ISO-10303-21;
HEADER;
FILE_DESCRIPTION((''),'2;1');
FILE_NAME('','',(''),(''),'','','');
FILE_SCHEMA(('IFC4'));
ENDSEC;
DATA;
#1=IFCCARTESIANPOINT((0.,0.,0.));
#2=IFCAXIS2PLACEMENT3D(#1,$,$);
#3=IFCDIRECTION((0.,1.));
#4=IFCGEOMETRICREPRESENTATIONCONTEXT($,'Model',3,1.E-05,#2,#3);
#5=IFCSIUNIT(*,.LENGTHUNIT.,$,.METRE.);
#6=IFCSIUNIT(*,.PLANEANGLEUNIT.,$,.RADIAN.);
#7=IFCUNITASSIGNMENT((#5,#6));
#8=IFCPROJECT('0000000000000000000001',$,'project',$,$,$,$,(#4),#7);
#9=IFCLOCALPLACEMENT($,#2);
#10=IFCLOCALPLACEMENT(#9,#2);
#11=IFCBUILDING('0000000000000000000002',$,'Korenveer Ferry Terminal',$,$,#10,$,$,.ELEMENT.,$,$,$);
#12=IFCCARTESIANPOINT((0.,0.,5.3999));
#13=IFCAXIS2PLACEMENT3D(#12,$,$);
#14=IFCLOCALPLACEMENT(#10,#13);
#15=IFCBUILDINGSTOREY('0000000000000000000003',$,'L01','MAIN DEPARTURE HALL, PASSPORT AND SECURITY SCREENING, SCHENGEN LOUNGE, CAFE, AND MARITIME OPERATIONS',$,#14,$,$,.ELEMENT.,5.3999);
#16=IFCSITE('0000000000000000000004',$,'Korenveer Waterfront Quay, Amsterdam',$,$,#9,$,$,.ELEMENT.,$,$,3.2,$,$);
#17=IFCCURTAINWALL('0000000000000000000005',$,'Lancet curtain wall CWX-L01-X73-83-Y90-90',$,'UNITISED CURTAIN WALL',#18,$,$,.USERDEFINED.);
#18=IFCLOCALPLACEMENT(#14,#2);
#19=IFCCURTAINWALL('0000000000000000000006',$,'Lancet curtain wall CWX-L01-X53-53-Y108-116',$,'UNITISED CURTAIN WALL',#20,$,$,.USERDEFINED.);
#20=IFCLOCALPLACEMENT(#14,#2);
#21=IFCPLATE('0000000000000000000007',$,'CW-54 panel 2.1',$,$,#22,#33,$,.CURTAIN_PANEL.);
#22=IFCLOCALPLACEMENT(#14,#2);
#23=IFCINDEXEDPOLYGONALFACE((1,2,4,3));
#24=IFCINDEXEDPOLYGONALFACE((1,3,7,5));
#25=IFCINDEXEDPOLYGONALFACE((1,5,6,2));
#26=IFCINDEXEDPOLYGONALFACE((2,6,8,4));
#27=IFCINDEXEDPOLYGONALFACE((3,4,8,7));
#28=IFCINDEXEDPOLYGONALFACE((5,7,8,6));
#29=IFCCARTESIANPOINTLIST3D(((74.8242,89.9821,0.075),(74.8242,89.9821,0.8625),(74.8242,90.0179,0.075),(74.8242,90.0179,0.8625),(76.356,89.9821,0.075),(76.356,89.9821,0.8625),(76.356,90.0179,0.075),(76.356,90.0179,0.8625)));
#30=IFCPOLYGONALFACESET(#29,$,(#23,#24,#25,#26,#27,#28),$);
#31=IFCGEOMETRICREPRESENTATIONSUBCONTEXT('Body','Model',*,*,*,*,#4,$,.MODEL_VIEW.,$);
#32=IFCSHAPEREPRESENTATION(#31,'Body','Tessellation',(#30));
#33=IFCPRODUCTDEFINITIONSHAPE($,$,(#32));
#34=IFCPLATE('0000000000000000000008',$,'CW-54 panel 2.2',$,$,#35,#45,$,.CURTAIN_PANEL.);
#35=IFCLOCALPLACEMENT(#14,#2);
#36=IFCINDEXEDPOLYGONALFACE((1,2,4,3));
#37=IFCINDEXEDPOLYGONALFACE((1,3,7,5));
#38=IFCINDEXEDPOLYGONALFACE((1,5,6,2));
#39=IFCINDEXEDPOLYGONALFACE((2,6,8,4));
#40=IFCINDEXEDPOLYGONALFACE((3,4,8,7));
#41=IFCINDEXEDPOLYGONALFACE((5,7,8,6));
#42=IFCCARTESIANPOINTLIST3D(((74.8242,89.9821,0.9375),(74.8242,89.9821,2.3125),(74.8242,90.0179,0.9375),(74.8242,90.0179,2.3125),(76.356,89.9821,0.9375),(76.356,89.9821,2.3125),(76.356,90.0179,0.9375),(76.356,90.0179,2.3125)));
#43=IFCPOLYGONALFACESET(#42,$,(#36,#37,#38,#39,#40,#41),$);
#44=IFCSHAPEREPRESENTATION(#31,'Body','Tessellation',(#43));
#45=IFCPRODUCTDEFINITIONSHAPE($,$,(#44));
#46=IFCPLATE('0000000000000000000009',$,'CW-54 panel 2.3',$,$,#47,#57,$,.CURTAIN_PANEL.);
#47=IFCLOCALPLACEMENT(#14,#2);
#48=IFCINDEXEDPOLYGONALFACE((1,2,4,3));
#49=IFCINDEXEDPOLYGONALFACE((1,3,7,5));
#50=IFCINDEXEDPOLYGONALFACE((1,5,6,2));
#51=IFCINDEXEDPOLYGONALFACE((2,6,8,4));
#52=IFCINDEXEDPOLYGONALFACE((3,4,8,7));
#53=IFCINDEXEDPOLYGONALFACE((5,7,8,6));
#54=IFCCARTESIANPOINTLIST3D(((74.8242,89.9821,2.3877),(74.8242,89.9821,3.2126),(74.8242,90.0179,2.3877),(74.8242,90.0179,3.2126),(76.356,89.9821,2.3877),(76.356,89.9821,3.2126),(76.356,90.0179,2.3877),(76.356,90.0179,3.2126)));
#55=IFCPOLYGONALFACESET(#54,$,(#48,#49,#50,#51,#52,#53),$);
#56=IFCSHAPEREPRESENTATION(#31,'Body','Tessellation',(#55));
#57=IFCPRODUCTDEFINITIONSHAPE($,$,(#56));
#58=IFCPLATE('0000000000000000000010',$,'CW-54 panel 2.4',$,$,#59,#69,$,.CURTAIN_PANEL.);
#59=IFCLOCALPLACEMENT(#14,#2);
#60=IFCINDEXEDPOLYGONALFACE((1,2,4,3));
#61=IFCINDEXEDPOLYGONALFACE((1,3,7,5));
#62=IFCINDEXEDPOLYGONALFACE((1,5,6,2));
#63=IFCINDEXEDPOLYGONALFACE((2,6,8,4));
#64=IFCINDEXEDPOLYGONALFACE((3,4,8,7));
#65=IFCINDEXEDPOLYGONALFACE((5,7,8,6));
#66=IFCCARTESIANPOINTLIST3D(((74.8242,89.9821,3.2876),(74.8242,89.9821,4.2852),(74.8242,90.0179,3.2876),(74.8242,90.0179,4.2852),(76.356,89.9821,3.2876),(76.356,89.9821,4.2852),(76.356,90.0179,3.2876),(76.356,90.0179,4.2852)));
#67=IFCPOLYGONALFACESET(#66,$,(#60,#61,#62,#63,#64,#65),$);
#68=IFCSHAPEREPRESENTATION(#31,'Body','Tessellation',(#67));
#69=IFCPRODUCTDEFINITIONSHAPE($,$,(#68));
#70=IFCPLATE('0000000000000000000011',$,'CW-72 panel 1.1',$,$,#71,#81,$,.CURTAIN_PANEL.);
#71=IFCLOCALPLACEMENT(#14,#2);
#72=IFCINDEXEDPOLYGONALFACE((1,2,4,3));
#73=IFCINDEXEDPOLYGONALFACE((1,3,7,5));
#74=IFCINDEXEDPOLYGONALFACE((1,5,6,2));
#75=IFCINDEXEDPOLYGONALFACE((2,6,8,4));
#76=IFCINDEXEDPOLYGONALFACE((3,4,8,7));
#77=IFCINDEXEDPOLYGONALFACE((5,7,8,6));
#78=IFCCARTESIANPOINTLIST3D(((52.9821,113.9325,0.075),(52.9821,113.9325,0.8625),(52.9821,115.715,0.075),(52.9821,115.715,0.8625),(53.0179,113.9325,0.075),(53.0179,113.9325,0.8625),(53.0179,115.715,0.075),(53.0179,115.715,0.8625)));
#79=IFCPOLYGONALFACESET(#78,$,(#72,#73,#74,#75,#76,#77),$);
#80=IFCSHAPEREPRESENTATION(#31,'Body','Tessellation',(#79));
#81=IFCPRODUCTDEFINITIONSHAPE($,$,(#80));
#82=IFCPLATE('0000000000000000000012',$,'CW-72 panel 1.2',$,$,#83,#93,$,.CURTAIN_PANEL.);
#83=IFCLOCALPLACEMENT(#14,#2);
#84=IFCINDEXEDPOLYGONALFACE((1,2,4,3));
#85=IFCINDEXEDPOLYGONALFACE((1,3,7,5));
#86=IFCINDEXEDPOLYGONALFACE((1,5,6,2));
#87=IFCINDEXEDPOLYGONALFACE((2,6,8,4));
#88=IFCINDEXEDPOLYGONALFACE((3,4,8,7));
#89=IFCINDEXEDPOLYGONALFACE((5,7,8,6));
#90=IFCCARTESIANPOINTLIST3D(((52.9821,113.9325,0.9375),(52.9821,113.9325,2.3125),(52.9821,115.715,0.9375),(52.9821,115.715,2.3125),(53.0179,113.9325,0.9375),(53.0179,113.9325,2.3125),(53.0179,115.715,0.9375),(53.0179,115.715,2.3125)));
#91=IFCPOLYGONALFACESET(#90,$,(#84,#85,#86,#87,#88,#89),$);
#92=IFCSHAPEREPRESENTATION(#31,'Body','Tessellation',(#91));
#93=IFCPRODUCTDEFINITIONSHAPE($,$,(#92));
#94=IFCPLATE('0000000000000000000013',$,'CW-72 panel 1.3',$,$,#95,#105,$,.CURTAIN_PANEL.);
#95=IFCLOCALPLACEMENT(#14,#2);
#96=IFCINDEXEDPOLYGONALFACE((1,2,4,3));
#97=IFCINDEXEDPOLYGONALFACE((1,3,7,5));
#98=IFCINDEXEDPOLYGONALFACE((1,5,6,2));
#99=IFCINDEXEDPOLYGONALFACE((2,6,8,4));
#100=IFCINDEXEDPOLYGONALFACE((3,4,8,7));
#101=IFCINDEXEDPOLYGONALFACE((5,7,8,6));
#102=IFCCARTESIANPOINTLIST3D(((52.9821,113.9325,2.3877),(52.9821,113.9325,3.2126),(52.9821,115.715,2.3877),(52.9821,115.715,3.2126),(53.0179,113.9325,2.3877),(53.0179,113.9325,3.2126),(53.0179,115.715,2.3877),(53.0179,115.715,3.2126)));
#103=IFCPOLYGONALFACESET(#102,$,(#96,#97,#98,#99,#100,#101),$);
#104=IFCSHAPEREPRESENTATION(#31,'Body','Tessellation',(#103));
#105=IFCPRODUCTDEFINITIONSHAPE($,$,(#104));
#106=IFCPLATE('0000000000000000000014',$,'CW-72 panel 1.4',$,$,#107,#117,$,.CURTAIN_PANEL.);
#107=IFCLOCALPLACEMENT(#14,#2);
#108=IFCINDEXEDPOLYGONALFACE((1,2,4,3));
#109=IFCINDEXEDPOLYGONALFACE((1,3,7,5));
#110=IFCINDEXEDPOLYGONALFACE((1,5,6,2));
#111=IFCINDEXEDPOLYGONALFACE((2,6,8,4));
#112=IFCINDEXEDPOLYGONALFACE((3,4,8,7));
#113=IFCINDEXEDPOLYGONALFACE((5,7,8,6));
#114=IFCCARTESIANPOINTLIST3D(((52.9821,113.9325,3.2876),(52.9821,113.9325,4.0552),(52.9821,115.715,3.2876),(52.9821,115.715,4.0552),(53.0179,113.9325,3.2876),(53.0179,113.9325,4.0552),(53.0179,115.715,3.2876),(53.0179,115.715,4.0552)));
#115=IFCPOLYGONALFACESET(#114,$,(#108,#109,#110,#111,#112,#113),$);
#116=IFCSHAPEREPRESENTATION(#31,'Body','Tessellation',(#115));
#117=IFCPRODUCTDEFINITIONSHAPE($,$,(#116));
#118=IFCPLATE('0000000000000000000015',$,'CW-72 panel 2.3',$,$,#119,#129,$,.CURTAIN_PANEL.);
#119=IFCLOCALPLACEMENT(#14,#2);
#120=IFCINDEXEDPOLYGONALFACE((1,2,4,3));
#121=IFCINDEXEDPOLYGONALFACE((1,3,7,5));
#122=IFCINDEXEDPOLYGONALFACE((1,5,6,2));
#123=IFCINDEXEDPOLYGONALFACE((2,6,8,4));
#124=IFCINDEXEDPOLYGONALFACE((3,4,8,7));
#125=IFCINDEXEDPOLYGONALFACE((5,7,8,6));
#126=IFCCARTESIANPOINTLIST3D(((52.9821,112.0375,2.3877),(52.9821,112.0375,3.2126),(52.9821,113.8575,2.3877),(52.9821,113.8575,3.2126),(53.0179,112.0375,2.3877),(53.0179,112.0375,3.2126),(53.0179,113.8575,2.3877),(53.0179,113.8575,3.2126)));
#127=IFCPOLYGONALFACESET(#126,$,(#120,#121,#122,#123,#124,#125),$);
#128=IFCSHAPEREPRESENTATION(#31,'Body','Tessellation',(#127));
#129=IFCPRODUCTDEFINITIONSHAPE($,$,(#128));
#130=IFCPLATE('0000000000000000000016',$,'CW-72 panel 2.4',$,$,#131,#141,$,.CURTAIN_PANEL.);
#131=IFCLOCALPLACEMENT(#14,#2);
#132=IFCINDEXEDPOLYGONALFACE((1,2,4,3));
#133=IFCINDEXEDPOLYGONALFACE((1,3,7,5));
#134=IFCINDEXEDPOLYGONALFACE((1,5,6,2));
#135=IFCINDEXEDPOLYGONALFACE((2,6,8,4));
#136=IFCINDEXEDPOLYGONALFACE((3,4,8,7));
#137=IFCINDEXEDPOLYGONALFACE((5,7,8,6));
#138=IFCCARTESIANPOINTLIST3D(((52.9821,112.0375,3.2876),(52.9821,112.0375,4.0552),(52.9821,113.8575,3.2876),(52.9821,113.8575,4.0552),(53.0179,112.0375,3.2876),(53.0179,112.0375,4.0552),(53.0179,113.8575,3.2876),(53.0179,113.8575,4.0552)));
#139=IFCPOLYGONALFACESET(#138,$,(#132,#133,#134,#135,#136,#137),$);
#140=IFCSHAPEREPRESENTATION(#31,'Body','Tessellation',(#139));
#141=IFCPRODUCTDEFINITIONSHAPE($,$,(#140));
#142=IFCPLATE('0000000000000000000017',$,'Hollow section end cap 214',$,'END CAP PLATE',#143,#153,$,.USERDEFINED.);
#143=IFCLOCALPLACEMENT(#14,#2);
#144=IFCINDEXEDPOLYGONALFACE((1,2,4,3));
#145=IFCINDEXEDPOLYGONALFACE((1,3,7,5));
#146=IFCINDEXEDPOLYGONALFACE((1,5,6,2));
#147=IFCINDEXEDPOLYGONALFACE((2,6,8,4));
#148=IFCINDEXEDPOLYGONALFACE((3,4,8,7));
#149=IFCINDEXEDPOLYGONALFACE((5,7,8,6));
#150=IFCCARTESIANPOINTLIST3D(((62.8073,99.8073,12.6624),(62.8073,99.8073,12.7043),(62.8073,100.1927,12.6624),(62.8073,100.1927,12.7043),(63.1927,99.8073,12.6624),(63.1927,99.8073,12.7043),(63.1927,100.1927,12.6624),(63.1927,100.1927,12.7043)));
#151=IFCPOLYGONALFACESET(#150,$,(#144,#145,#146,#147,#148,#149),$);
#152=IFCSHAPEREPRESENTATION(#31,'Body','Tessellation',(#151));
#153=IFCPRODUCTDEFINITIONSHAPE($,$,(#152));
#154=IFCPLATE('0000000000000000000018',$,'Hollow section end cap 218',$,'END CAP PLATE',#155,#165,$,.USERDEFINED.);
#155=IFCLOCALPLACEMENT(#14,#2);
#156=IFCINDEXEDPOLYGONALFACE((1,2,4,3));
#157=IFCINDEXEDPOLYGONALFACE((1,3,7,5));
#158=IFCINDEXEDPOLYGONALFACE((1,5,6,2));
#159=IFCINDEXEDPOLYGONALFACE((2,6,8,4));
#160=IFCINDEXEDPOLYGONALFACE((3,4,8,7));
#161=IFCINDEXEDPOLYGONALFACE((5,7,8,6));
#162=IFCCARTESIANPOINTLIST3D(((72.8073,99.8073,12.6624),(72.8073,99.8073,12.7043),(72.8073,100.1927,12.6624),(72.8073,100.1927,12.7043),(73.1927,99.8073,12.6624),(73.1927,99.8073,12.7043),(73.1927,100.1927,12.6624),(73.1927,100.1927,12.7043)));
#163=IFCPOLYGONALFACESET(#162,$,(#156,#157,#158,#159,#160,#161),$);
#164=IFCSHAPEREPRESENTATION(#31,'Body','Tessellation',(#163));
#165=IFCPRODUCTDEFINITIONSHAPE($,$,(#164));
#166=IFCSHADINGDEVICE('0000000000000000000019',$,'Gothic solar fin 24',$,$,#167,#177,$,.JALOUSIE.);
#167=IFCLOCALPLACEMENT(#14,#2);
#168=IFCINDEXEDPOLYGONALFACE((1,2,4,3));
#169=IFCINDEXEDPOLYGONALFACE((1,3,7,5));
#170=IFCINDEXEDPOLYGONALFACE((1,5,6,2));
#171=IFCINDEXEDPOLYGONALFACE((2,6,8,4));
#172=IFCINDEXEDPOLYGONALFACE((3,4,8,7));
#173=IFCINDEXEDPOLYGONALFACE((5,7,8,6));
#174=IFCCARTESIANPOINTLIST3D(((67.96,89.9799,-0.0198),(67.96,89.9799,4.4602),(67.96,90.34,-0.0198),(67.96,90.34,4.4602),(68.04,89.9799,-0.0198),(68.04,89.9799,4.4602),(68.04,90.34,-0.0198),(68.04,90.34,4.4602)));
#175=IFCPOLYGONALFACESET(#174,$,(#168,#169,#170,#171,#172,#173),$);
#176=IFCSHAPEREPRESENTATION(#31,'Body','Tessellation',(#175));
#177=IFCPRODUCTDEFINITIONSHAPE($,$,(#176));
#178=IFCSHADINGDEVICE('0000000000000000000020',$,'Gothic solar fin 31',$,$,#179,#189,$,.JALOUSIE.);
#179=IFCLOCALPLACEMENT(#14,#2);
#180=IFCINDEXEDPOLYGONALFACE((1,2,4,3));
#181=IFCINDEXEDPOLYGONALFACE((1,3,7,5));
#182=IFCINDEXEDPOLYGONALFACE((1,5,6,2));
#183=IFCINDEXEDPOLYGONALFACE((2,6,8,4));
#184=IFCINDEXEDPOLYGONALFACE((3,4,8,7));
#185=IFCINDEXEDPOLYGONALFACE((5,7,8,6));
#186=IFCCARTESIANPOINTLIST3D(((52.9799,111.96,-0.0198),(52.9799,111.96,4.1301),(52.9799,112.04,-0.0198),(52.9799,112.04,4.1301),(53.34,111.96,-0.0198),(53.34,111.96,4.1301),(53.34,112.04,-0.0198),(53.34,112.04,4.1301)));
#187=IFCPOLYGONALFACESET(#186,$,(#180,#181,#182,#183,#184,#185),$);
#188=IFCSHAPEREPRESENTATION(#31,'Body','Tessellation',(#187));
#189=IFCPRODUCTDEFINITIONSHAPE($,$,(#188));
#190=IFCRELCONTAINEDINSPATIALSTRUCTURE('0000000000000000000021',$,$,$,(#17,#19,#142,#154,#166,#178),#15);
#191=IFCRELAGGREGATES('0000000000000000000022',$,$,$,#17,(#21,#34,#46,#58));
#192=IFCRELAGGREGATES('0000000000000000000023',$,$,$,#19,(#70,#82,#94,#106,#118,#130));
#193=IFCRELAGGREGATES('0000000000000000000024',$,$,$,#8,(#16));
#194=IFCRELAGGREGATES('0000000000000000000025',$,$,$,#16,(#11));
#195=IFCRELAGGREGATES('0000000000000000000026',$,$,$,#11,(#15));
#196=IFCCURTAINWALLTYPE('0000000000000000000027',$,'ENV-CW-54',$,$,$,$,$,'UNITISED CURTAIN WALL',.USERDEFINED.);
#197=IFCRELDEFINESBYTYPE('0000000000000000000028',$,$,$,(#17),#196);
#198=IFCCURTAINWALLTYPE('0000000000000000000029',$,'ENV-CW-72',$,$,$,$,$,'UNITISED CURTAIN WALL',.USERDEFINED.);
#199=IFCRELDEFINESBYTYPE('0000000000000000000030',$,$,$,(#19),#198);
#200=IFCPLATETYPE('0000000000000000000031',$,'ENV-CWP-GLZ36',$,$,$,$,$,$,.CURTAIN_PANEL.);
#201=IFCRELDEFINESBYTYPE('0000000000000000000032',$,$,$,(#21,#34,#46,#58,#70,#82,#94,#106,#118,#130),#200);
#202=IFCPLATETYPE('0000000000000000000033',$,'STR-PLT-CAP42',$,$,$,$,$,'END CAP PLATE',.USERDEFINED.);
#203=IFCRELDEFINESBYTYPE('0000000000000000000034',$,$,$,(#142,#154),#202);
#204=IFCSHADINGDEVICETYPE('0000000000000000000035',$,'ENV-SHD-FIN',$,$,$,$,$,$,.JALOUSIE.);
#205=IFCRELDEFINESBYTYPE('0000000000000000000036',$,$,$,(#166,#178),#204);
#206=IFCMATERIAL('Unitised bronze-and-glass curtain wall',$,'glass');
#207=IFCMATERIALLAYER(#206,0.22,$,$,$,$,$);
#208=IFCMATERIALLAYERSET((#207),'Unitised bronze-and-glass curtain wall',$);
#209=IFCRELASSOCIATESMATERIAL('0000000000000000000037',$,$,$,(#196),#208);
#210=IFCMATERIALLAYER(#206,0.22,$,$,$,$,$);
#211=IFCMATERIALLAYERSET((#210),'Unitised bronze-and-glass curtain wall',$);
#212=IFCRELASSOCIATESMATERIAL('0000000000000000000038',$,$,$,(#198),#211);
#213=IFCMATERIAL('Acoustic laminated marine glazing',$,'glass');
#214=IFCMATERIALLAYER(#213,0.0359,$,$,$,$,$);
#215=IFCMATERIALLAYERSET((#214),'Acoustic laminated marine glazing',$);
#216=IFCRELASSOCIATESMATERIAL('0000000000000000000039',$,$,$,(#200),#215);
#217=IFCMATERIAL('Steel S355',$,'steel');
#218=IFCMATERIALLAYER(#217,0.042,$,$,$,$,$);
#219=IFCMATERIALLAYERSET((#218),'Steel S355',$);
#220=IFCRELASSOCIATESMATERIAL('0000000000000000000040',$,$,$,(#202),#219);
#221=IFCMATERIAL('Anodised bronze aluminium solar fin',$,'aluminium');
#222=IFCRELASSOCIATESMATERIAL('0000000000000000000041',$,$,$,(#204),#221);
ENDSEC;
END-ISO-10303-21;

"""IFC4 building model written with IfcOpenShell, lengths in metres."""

from ifc_helpers import new_model, si_unit, direction, frame, origin, origin_2d, place, context, subcontext, project, spatial, rectangle, extrude, material, layer, layer_set, type_object, element, aggregate, save


model = new_model("IFC4")

# Units and contexts
model_context = context("Model", 3, precision=1e-05, world=origin(), true_north=direction((0.0, 1.0)))
body_context = subcontext(model_context, "Body", "Model", "MODEL_VIEW")
ifc_project = project(units=[si_unit("LENGTHUNIT", "METRE"), si_unit("PLANEANGLEUNIT", "RADIAN")], contexts=[model_context])

# Site, building, storey
site_placement = place(None, origin())
site = spatial("IfcSite", under=ifc_project, at=site_placement, Name="Korenveer Waterfront Quay, Amsterdam", CompositionType="ELEMENT", RefElevation=3.2)
building_placement = place(site_placement, origin())
building = spatial("IfcBuilding", under=site, at=building_placement, Name="Korenveer Ferry Terminal", CompositionType="ELEMENT")
storey_placement = place(building_placement, frame((0.0, 0.0, 5.3999)))
storey = spatial("IfcBuildingStorey", under=building, at=storey_placement, Name="L01", Description="MAIN DEPARTURE HALL, PASSPORT AND SECURITY SCREENING, SCHENGEN LOUNGE, CAFE, AND MARITIME OPERATIONS", CompositionType="ELEMENT", Elevation=5.3999)

# Shared definitions
ifc_material_1 = material(Name="Steel S355", Category="steel")

# Curtain wall
ifc_material_2 = material(Name="Unitised bronze-and-glass curtain wall", Category="glass")
ifc_layer_1 = layer(ifc_material_2, 0.22)
ifc_layer_set_1 = layer_set([ifc_layer_1], Name="Unitised bronze-and-glass curtain wall")
curtain_wall_type_1 = type_object("IfcCurtainWallType", Name="ENV-CW-54", ElementType="UNITISED CURTAIN WALL", PredefinedType="USERDEFINED", material=ifc_layer_set_1)
curtain_wall_1_placement = place(storey_placement, frame((73.1799, 90.0, 0.0)))
curtain_wall_1 = element("IfcCurtainWall", 1, at=curtain_wall_1_placement, inside=storey, type_object=curtain_wall_type_1, Name="Lancet curtain wall CWX-L01-X73-83-Y90-90", ObjectType="UNITISED CURTAIN WALL", PredefinedType="USERDEFINED")

# Curtain wall
ifc_layer_2 = layer(ifc_material_2, 0.22)
ifc_layer_set_2 = layer_set([ifc_layer_2], Name="Unitised bronze-and-glass curtain wall")
curtain_wall_type_2 = type_object("IfcCurtainWallType", Name="ENV-CW-72", ElementType="UNITISED CURTAIN WALL", PredefinedType="USERDEFINED", material=ifc_layer_set_2)
curtain_wall_2_placement = place(storey_placement, frame((53.0, 115.79, 0.0)))
curtain_wall_2 = element("IfcCurtainWall", 2, at=curtain_wall_2_placement, inside=storey, type_object=curtain_wall_type_2, Name="Lancet curtain wall CWX-L01-X53-53-Y108-116", ObjectType="UNITISED CURTAIN WALL", PredefinedType="USERDEFINED")

# Plates
ifc_material_3 = material(Name="Acoustic laminated marine glazing", Category="glass")
ifc_layer_3 = layer(ifc_material_3, 0.0359)
ifc_layer_set_3 = layer_set([ifc_layer_3], Name="Acoustic laminated marine glazing")
plate_type_1 = type_object("IfcPlateType", Name="ENV-CWP-GLZ36", PredefinedType="CURTAIN_PANEL", material=ifc_layer_set_3)
plate_1_placement = place(storey_placement, frame((75.5901, 90.0, 0.075), z_axis=(0.0, 0.0, 1.0), x_axis=(1.0, 0.0, 0.0)))
plate_1 = element("IfcPlate", 3, at=plate_1_placement, type_object=plate_type_1, Name="CW-54 panel 2.1", PredefinedType="CURTAIN_PANEL", context=body_context, shape_type="SweptSolid", body=[
    extrude(rectangle(XDim=1.5317, YDim=0.0359, at=origin_2d()), origin(), (0.0, 0.0, 1.0), 0.7876),
])
plate_2_placement = place(storey_placement, frame((75.5901, 90.0, 0.9375), z_axis=(0.0, 0.0, 1.0), x_axis=(1.0, 0.0, 0.0)))
plate_2 = element("IfcPlate", 4, at=plate_2_placement, type_object=plate_type_1, Name="CW-54 panel 2.2", PredefinedType="CURTAIN_PANEL", context=body_context, shape_type="SweptSolid", body=[
    extrude(rectangle(XDim=1.5317, YDim=0.0359, at=origin_2d()), origin(), (0.0, 0.0, 1.0), 1.375),
])
plate_3_placement = place(storey_placement, frame((75.5901, 90.0, 2.3877), z_axis=(0.0, 0.0, 1.0), x_axis=(1.0, 0.0, 0.0)))
plate_3 = element("IfcPlate", 5, at=plate_3_placement, type_object=plate_type_1, Name="CW-54 panel 2.3", PredefinedType="CURTAIN_PANEL", context=body_context, shape_type="SweptSolid", body=[
    extrude(rectangle(XDim=1.5317, YDim=0.0359, at=origin_2d()), origin(), (0.0, 0.0, 1.0), 0.825),
])
plate_4_placement = place(storey_placement, frame((75.5901, 90.0, 3.2876), z_axis=(0.0, 0.0, 1.0), x_axis=(1.0, 0.0, 0.0)))
plate_4 = element("IfcPlate", 6, at=plate_4_placement, type_object=plate_type_1, Name="CW-54 panel 2.4", PredefinedType="CURTAIN_PANEL", context=body_context, shape_type="SweptSolid", body=[
    extrude(rectangle(XDim=1.5317, YDim=0.0359, at=origin_2d()), origin(), (0.0, 0.0, 1.0), 0.9976),
])
aggregate(curtain_wall_1, [plate_1, plate_2, plate_3, plate_4])
plate_5_placement = place(storey_placement, frame((53.0, 114.8237, 0.075), z_axis=(0.0, 0.0, 1.0), x_axis=(0.0, -1.0, 0.0)))
plate_5 = element("IfcPlate", 7, at=plate_5_placement, type_object=plate_type_1, Name="CW-72 panel 1.1", PredefinedType="CURTAIN_PANEL", context=body_context, shape_type="SweptSolid", body=[
    extrude(rectangle(XDim=1.7825, YDim=0.0359, at=origin_2d()), origin(), (0.0, 0.0, 1.0), 0.7876),
])
plate_6_placement = place(storey_placement, frame((53.0, 114.8237, 0.9375), z_axis=(0.0, 0.0, 1.0), x_axis=(0.0, -1.0, 0.0)))
plate_6 = element("IfcPlate", 8, at=plate_6_placement, type_object=plate_type_1, Name="CW-72 panel 1.2", PredefinedType="CURTAIN_PANEL", context=body_context, shape_type="SweptSolid", body=[
    extrude(rectangle(XDim=1.7825, YDim=0.0359, at=origin_2d()), origin(), (0.0, 0.0, 1.0), 1.375),
])
plate_7_placement = place(storey_placement, frame((53.0, 114.8237, 2.3877), z_axis=(0.0, 0.0, 1.0), x_axis=(0.0, -1.0, 0.0)))
plate_7 = element("IfcPlate", 9, at=plate_7_placement, type_object=plate_type_1, Name="CW-72 panel 1.3", PredefinedType="CURTAIN_PANEL", context=body_context, shape_type="SweptSolid", body=[
    extrude(rectangle(XDim=1.7825, YDim=0.0359, at=origin_2d()), origin(), (0.0, 0.0, 1.0), 0.825),
])
plate_8_placement = place(storey_placement, frame((53.0, 114.8237, 3.2876), z_axis=(0.0, 0.0, 1.0), x_axis=(0.0, -1.0, 0.0)))
plate_8 = element("IfcPlate", 10, at=plate_8_placement, type_object=plate_type_1, Name="CW-72 panel 1.4", PredefinedType="CURTAIN_PANEL", context=body_context, shape_type="SweptSolid", body=[
    extrude(rectangle(XDim=1.7825, YDim=0.0359, at=origin_2d()), origin(), (0.0, 0.0, 1.0), 0.7676),
])
plate_9_placement = place(storey_placement, frame((53.0, 112.9475, 2.3877), z_axis=(0.0, 0.0, 1.0), x_axis=(0.0, -1.0, 0.0)))
plate_9 = element("IfcPlate", 11, at=plate_9_placement, type_object=plate_type_1, Name="CW-72 panel 2.3", PredefinedType="CURTAIN_PANEL", context=body_context, shape_type="SweptSolid", body=[
    extrude(rectangle(XDim=1.8201, YDim=0.0359, at=origin_2d()), origin(), (0.0, 0.0, 1.0), 0.825),
])
plate_10_placement = place(storey_placement, frame((53.0, 112.9475, 3.2876), z_axis=(0.0, 0.0, 1.0), x_axis=(0.0, -1.0, 0.0)))
plate_10 = element("IfcPlate", 12, at=plate_10_placement, type_object=plate_type_1, Name="CW-72 panel 2.4", PredefinedType="CURTAIN_PANEL", context=body_context, shape_type="SweptSolid", body=[
    extrude(rectangle(XDim=1.8201, YDim=0.0359, at=origin_2d()), origin(), (0.0, 0.0, 1.0), 0.7676),
])
aggregate(curtain_wall_2, [plate_5, plate_6, plate_7, plate_8, plate_9, plate_10])

# Plates
ifc_layer_4 = layer(ifc_material_1, 0.042)
ifc_layer_set_4 = layer_set([ifc_layer_4], Name="Steel S355")
plate_type_2 = type_object("IfcPlateType", Name="STR-PLT-CAP42", ElementType="END CAP PLATE", PredefinedType="USERDEFINED", material=ifc_layer_set_4)
for number, where, z_axis, x_axis, name in (
    (13, (63.0, 100.0, 12.6624), (0.0, 0.0, 1.0), (1.0, 0.0, 0.0), "Hollow section end cap 214"),
    (14, (73.0, 100.0, 12.6624), (0.0, 0.0, 1.0), (1.0, 0.0, 0.0), "Hollow section end cap 218"),
):
    element("IfcPlate", number, at=place(storey_placement, frame(where, z_axis=z_axis, x_axis=x_axis)), inside=storey, type_object=plate_type_2, Name=name, ObjectType="END CAP PLATE", PredefinedType="USERDEFINED", context=body_context, shape_type="SweptSolid", body=[
        extrude(rectangle(XDim=0.3855, YDim=0.3855, at=origin_2d()), origin(), (0.0, 0.0, 1.0), 0.042),
    ])

# Shading devices
ifc_material_4 = material(Name="Anodised bronze aluminium solar fin", Category="aluminium")
shading_device_type = type_object("IfcShadingDeviceType", Name="ENV-SHD-FIN", PredefinedType="JALOUSIE", material=ifc_material_4)
shading_device_1_placement = place(storey_placement, frame((68.0, 90.1599, -0.0198), z_axis=(0.0, 0.0, 1.0), x_axis=(0.0, 1.0, 0.0)))
element("IfcShadingDevice", 15, at=shading_device_1_placement, inside=storey, type_object=shading_device_type, Name="Gothic solar fin 24", PredefinedType="JALOUSIE", context=body_context, shape_type="SweptSolid", body=[
    extrude(rectangle(XDim=0.3601, YDim=0.0801, at=origin_2d()), origin(), (0.0, 0.0, 1.0), 4.48),
])
shading_device_2_placement = place(storey_placement, frame((53.1599, 112.0, -0.0198), z_axis=(0.0, 0.0, 1.0), x_axis=(1.0, 0.0, 0.0)))
element("IfcShadingDevice", 16, at=shading_device_2_placement, inside=storey, type_object=shading_device_type, Name="Gothic solar fin 31", PredefinedType="JALOUSIE", context=body_context, shape_type="SweptSolid", body=[
    extrude(rectangle(XDim=0.3601, YDim=0.0801, at=origin_2d()), origin(), (0.0, 0.0, 1.0), 4.1499),
])

save(model, "model.ifc")
